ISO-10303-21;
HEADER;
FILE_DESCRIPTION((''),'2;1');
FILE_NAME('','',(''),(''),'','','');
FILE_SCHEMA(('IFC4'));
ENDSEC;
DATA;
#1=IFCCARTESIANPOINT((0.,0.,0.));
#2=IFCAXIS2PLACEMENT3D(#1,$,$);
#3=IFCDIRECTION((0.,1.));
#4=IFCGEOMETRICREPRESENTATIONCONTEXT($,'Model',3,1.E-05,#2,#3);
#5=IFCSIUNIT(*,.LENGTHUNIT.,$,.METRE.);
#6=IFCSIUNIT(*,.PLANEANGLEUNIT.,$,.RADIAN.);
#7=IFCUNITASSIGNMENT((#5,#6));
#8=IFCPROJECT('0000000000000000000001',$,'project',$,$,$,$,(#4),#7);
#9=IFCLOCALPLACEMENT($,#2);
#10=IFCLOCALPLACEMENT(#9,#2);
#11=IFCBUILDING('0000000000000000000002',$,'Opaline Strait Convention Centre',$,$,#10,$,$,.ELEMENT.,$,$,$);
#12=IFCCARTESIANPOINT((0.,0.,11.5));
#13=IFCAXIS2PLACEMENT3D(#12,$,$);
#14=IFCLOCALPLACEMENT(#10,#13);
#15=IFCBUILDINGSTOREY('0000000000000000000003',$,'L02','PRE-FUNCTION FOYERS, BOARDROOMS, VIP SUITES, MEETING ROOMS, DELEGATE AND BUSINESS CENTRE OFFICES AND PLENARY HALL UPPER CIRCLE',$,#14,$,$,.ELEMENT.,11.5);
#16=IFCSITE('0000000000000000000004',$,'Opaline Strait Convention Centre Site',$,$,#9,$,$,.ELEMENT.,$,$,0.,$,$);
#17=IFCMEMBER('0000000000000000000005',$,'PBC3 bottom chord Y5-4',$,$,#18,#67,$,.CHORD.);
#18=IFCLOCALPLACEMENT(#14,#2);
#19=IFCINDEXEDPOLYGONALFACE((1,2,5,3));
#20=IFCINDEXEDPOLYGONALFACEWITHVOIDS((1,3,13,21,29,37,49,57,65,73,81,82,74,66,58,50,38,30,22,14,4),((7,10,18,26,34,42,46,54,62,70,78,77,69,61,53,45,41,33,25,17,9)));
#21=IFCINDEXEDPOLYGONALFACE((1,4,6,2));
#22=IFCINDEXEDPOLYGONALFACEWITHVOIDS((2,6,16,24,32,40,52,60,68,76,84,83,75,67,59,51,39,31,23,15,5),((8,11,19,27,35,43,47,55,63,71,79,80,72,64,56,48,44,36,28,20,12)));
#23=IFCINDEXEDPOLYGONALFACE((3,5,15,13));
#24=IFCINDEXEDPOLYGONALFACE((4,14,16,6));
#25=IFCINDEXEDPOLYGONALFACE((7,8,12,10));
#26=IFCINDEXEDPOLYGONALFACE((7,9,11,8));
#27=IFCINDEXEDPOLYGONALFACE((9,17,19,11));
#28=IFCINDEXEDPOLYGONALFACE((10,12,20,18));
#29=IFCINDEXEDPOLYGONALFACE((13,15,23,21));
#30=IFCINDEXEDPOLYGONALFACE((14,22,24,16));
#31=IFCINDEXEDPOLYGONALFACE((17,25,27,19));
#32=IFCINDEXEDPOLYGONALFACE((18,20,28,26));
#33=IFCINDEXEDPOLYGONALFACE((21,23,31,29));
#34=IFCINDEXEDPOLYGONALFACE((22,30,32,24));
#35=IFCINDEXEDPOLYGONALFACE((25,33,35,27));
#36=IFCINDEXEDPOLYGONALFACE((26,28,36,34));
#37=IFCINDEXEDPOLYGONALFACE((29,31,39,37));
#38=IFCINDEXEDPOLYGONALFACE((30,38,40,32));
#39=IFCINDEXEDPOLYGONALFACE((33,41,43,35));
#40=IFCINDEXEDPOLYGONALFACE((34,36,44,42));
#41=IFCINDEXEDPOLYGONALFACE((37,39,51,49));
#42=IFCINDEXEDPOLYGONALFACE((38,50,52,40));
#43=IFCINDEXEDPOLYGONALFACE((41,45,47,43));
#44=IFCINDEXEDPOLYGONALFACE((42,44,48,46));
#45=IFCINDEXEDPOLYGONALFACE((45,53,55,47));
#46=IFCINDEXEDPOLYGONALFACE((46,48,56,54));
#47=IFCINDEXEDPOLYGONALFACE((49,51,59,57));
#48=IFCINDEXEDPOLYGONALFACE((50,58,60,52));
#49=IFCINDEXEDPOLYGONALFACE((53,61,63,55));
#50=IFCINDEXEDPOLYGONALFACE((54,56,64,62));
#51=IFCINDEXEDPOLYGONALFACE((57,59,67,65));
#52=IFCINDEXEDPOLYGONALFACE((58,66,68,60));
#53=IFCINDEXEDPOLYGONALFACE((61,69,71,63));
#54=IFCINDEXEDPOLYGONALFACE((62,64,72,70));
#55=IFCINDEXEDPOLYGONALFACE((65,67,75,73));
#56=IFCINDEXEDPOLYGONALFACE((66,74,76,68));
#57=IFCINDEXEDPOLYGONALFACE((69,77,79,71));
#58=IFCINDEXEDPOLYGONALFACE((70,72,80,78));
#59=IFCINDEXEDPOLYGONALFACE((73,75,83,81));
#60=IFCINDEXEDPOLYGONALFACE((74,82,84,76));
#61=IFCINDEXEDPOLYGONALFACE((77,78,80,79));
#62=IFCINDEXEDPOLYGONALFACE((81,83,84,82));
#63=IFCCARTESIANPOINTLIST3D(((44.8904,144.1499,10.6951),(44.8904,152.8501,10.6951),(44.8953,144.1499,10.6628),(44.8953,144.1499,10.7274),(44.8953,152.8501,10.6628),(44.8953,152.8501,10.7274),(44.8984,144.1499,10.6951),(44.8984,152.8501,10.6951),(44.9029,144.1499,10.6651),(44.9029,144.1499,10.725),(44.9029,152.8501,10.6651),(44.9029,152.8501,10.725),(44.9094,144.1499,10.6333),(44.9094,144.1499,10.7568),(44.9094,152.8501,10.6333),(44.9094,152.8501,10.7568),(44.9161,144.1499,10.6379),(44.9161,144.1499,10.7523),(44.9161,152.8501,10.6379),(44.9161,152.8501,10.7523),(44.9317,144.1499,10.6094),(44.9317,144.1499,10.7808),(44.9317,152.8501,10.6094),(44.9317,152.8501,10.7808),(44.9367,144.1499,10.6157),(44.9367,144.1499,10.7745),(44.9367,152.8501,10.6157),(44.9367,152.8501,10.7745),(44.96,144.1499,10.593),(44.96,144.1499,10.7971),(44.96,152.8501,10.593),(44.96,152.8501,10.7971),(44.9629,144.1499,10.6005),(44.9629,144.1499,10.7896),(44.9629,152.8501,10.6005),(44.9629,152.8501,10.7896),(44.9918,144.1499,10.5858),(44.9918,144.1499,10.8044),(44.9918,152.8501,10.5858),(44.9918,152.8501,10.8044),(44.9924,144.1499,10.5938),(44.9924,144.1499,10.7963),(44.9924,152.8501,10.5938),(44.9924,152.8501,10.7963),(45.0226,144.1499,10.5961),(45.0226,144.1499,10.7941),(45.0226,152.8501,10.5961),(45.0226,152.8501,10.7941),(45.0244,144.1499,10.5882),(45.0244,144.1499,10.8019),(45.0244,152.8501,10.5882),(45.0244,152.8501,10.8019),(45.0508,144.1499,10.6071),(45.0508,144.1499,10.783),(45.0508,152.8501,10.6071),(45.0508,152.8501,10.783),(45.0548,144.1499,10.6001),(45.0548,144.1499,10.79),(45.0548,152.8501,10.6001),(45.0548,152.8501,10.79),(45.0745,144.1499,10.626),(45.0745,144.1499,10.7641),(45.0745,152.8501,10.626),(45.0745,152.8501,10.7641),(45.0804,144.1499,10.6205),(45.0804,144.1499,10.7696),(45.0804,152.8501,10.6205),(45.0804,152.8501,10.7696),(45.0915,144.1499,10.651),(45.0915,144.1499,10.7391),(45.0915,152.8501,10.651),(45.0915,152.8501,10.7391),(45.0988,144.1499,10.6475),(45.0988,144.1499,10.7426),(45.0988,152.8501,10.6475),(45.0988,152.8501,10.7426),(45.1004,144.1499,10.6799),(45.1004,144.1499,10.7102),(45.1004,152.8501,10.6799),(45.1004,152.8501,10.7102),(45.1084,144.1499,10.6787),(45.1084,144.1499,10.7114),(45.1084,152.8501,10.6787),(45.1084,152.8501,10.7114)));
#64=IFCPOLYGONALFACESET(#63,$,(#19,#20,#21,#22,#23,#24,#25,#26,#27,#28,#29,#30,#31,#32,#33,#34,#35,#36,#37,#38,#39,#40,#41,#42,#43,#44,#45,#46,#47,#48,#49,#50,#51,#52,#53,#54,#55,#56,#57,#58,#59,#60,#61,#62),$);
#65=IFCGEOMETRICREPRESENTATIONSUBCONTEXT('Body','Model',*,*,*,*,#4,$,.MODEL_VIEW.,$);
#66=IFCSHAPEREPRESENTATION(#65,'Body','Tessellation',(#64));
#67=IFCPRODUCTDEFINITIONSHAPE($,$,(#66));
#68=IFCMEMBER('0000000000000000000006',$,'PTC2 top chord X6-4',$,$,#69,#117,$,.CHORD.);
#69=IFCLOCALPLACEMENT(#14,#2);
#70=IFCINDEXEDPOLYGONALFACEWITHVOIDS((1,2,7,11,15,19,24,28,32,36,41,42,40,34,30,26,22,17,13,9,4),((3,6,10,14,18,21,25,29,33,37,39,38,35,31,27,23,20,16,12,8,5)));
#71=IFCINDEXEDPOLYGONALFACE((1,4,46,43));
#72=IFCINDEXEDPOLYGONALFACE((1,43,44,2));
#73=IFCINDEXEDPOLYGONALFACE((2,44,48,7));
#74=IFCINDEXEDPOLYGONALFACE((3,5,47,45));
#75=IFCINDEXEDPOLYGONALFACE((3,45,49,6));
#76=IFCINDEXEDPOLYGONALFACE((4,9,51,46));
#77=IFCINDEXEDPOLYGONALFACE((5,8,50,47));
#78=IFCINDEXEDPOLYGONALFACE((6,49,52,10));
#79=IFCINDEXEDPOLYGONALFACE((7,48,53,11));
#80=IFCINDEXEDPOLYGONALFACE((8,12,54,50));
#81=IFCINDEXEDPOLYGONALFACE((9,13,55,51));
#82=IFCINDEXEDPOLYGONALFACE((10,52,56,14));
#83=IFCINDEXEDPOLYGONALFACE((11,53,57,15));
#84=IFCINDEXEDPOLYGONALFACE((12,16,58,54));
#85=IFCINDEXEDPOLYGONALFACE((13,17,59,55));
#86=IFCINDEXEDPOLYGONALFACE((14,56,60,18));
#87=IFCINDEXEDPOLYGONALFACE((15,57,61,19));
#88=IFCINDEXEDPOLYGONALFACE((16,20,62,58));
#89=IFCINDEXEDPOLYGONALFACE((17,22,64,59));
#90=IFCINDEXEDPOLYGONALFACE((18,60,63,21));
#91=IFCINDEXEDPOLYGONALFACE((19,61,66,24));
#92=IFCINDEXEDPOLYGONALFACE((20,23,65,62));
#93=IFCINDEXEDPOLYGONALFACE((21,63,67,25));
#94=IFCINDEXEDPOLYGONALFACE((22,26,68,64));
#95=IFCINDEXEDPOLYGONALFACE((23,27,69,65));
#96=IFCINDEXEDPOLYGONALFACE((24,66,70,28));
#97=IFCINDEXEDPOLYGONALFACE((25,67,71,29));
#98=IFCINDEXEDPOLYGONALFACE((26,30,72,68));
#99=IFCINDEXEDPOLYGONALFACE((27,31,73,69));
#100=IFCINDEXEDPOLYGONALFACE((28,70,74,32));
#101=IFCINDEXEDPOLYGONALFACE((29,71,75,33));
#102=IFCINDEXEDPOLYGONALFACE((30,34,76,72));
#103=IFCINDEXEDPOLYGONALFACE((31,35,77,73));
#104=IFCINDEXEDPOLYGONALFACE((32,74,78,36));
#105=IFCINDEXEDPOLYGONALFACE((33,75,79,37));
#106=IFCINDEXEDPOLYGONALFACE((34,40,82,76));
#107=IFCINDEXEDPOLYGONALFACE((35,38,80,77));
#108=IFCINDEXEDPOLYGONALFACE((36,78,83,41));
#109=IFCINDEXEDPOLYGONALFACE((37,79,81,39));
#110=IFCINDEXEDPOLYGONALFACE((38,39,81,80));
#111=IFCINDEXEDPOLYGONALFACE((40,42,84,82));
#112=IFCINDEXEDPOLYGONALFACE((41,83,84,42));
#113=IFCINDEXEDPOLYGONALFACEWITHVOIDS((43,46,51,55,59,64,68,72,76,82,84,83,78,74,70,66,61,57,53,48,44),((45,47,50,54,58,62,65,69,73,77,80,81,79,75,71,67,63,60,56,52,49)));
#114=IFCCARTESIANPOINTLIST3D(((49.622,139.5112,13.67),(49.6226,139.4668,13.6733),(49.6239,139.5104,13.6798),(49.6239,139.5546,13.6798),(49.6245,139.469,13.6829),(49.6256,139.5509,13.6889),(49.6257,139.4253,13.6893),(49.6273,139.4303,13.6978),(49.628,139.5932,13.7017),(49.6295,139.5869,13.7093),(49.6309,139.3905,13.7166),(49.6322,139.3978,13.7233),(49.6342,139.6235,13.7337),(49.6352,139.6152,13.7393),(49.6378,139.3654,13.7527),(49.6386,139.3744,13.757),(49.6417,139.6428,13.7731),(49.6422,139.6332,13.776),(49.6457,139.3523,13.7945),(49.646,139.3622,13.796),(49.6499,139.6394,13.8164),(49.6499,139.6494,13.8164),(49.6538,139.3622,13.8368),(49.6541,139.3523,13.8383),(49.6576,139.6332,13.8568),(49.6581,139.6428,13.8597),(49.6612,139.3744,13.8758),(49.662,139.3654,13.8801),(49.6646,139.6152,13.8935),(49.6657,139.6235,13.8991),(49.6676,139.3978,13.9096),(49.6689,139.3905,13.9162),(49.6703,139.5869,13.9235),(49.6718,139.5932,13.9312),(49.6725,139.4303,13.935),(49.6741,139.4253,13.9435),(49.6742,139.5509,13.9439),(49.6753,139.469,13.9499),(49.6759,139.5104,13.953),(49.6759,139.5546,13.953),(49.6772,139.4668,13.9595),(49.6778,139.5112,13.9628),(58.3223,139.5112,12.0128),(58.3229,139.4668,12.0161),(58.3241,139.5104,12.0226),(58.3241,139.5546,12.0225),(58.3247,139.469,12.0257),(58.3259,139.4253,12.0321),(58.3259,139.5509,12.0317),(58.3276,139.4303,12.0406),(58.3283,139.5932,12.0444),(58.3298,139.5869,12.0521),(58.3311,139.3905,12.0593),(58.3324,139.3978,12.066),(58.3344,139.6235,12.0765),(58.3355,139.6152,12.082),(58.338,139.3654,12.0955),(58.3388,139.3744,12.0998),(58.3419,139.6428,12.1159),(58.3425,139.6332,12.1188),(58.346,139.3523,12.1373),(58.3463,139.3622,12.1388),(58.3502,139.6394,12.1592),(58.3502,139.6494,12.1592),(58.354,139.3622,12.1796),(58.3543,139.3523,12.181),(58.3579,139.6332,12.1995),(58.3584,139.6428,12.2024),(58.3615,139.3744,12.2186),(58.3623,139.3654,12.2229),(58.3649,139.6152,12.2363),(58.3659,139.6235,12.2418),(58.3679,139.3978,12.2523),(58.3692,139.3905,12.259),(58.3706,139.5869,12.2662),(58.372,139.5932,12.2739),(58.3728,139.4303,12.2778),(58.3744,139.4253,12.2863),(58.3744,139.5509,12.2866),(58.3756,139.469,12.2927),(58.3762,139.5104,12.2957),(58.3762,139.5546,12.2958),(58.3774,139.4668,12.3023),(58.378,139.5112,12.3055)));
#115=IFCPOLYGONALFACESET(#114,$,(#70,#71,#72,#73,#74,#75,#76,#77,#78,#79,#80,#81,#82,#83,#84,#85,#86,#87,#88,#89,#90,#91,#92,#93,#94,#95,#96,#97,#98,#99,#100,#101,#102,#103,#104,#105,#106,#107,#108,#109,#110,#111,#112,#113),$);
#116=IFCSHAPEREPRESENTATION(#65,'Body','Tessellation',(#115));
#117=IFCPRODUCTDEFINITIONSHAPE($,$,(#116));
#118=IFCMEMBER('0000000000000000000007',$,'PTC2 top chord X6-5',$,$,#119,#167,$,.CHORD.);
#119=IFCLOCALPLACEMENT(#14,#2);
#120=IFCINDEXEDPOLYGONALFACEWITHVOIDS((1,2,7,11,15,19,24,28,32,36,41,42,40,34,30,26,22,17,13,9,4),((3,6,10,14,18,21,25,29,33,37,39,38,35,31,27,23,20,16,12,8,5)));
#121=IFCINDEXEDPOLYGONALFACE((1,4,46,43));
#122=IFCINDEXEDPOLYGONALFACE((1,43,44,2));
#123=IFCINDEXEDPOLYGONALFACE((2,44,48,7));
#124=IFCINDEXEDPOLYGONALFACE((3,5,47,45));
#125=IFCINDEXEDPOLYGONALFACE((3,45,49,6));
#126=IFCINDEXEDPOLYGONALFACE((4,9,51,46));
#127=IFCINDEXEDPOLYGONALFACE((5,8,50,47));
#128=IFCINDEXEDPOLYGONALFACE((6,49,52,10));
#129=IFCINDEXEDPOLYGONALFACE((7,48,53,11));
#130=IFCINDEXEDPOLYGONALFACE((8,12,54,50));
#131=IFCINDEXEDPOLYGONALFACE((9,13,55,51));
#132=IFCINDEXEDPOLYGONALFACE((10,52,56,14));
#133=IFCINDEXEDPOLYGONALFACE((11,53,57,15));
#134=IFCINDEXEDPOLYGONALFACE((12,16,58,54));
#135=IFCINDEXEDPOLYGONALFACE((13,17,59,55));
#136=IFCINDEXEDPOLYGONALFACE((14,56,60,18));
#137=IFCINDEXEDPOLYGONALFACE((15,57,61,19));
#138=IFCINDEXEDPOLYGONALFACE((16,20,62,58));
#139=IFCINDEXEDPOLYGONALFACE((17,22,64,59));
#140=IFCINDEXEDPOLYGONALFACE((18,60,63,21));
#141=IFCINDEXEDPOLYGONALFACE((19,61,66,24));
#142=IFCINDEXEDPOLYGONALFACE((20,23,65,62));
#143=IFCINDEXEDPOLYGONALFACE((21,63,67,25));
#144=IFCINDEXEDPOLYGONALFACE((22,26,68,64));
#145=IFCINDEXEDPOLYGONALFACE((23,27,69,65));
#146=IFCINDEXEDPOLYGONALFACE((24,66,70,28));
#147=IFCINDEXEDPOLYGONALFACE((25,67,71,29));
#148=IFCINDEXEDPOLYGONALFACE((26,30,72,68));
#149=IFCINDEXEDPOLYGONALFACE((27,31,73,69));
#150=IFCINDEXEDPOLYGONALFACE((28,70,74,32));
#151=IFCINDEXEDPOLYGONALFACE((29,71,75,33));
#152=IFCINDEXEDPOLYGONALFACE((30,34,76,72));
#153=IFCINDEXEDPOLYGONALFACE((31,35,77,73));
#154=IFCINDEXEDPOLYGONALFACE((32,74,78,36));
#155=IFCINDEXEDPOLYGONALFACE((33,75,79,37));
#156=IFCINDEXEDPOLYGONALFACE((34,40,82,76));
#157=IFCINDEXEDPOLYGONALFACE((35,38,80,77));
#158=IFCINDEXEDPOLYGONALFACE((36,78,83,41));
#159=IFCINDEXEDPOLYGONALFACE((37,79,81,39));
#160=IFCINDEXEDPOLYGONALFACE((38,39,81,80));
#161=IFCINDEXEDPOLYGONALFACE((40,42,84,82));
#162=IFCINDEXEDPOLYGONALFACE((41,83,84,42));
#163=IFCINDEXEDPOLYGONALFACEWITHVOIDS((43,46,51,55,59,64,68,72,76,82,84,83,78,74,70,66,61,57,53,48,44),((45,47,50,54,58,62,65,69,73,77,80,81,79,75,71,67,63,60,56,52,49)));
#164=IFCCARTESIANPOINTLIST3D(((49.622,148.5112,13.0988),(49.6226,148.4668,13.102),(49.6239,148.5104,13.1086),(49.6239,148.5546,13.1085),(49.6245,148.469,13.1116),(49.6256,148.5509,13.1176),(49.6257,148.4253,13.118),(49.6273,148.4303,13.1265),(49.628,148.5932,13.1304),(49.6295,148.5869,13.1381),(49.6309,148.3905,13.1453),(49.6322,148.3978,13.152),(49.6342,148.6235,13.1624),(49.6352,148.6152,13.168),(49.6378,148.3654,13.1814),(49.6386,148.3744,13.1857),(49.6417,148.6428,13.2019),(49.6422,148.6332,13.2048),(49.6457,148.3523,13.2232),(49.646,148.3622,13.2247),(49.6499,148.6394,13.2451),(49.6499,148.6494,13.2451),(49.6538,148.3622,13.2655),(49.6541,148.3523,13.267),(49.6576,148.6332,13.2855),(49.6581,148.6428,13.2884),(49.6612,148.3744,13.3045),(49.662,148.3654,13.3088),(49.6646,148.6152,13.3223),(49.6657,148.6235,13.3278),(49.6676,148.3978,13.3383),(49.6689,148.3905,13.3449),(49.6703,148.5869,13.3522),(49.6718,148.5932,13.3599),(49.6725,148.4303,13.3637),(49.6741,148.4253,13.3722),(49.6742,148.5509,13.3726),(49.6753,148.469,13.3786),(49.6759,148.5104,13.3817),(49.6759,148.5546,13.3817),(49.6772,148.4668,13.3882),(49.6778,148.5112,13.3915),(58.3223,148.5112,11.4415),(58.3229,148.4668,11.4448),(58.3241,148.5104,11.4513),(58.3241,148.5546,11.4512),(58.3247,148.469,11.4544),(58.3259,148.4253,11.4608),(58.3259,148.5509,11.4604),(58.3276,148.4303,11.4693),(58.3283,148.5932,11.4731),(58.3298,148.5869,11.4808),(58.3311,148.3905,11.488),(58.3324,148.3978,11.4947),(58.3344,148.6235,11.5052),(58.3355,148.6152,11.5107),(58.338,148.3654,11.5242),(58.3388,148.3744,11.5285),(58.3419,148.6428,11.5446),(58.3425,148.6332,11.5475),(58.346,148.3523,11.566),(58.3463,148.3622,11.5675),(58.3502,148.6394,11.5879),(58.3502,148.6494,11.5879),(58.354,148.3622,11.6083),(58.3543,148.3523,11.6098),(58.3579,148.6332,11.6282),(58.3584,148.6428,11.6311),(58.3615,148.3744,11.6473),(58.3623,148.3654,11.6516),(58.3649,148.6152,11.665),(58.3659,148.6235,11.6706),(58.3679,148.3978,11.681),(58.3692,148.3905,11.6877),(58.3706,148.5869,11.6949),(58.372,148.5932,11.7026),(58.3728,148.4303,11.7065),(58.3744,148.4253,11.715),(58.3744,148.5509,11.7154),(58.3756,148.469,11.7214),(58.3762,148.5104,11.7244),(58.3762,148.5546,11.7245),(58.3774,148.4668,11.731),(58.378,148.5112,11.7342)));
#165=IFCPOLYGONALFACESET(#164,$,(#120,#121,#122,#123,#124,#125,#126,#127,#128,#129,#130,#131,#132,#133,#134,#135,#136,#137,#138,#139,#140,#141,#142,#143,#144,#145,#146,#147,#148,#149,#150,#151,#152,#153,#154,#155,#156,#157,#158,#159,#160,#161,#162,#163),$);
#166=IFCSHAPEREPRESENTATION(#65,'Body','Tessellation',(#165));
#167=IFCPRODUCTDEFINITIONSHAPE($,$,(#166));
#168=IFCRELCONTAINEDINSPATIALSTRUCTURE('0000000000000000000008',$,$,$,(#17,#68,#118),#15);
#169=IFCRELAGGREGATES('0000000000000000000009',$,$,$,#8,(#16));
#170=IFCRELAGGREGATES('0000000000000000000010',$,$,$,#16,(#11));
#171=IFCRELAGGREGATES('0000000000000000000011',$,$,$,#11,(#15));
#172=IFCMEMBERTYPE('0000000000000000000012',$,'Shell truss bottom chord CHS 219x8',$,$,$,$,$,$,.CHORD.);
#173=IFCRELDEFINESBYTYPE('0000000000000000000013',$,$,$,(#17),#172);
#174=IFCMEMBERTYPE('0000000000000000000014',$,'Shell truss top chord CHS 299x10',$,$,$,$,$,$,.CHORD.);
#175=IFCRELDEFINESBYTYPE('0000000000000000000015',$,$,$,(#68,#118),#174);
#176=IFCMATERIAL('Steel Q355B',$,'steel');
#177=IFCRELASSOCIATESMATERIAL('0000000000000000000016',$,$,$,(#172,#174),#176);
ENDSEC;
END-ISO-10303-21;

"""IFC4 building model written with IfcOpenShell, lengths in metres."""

from ifc_helpers import new_model, si_unit, direction, frame, origin, origin_2d, place, context, subcontext, project, spatial, hollow_circle, extrude, material, material_profile, profile_set, type_object, element, save


model = new_model("IFC4")

# Units and contexts
model_context = context("Model", 3, precision=1e-05, world=origin(), true_north=direction((0.0, 1.0)))
body_context = subcontext(model_context, "Body", "Model", "MODEL_VIEW")
ifc_project = project(units=[si_unit("LENGTHUNIT", "METRE"), si_unit("PLANEANGLEUNIT", "RADIAN")], contexts=[model_context])

# Site, building, storey
site_placement = place(None, origin())
site = spatial("IfcSite", under=ifc_project, at=site_placement, Name="Opaline Strait Convention Centre Site", CompositionType="ELEMENT", RefElevation=0.0)
building_placement = place(site_placement, origin())
building = spatial("IfcBuilding", under=site, at=building_placement, Name="Opaline Strait Convention Centre", CompositionType="ELEMENT")
storey_placement = place(building_placement, frame((0.0, 0.0, 11.5)))
storey = spatial("IfcBuildingStorey", under=building, at=storey_placement, Name="L02", Description="PRE-FUNCTION FOYERS, BOARDROOMS, VIP SUITES, MEETING ROOMS, DELEGATE AND BUSINESS CENTRE OFFICES AND PLENARY HALL UPPER CIRCLE", CompositionType="ELEMENT", Elevation=11.5)

# Members
ifc_material_1 = material(Name="Steel Q355B", Category="steel")
ifc_material_profile_1 = material_profile(ifc_material_1, hollow_circle(Radius=0.1096, WallThickness=0.0081, at=origin_2d()), Name="CHS 219x8")
ifc_profile_set_1 = profile_set([ifc_material_profile_1], Name="Steel Q355B")
member_type_1 = type_object("IfcMemberType", Name="Shell truss bottom chord CHS 219x8", PredefinedType="CHORD", material=ifc_profile_set_1)
member_1_placement = place(storey_placement, frame((45.0, 144.1499, 10.6951), z_axis=(0.0, 1.0, 0.0), x_axis=(-1.0, 0.0, 0.0)))
element("IfcMember", 1, at=member_1_placement, inside=storey, type_object=member_type_1, Name="PBC3 bottom chord Y5-4", PredefinedType="CHORD", context=body_context, shape_type="SweptSolid", body=[
    extrude(hollow_circle(Radius=0.1096, WallThickness=0.0081, at=origin_2d()), origin(), (0.0, 0.0, 1.0), 8.7002),
])
ifc_material_profile_2 = material_profile(ifc_material_1, hollow_circle(Radius=0.1494, WallThickness=0.01, at=origin_2d()), Name="CHS 299x10")
ifc_profile_set_2 = profile_set([ifc_material_profile_2], Name="Steel Q355B")
member_type_2 = type_object("IfcMemberType", Name="Shell truss top chord CHS 299x10", PredefinedType="CHORD", material=ifc_profile_set_2)
for number, where, z_axis, x_axis, name in (
    (2, (49.6499, 139.5, 13.8164), (0.982338, 0.0, -0.187117), (0.0, 1.0, 0.0), "PTC2 top chord X6-4"),
    (3, (49.6499, 148.5, 13.2451), (0.982338, 0.0, -0.187117), (0.0, 1.0, 0.0), "PTC2 top chord X6-5"),
):
    element("IfcMember", number, at=place(storey_placement, frame(where, z_axis=z_axis, x_axis=x_axis)), inside=storey, type_object=member_type_2, Name=name, PredefinedType="CHORD", context=body_context, shape_type="SweptSolid", body=[
        extrude(hollow_circle(Radius=0.1494, WallThickness=0.01, at=origin_2d()), origin(), (0.0, 0.0, 1.0), 8.8567),
    ])

save(model, "model.ifc")
